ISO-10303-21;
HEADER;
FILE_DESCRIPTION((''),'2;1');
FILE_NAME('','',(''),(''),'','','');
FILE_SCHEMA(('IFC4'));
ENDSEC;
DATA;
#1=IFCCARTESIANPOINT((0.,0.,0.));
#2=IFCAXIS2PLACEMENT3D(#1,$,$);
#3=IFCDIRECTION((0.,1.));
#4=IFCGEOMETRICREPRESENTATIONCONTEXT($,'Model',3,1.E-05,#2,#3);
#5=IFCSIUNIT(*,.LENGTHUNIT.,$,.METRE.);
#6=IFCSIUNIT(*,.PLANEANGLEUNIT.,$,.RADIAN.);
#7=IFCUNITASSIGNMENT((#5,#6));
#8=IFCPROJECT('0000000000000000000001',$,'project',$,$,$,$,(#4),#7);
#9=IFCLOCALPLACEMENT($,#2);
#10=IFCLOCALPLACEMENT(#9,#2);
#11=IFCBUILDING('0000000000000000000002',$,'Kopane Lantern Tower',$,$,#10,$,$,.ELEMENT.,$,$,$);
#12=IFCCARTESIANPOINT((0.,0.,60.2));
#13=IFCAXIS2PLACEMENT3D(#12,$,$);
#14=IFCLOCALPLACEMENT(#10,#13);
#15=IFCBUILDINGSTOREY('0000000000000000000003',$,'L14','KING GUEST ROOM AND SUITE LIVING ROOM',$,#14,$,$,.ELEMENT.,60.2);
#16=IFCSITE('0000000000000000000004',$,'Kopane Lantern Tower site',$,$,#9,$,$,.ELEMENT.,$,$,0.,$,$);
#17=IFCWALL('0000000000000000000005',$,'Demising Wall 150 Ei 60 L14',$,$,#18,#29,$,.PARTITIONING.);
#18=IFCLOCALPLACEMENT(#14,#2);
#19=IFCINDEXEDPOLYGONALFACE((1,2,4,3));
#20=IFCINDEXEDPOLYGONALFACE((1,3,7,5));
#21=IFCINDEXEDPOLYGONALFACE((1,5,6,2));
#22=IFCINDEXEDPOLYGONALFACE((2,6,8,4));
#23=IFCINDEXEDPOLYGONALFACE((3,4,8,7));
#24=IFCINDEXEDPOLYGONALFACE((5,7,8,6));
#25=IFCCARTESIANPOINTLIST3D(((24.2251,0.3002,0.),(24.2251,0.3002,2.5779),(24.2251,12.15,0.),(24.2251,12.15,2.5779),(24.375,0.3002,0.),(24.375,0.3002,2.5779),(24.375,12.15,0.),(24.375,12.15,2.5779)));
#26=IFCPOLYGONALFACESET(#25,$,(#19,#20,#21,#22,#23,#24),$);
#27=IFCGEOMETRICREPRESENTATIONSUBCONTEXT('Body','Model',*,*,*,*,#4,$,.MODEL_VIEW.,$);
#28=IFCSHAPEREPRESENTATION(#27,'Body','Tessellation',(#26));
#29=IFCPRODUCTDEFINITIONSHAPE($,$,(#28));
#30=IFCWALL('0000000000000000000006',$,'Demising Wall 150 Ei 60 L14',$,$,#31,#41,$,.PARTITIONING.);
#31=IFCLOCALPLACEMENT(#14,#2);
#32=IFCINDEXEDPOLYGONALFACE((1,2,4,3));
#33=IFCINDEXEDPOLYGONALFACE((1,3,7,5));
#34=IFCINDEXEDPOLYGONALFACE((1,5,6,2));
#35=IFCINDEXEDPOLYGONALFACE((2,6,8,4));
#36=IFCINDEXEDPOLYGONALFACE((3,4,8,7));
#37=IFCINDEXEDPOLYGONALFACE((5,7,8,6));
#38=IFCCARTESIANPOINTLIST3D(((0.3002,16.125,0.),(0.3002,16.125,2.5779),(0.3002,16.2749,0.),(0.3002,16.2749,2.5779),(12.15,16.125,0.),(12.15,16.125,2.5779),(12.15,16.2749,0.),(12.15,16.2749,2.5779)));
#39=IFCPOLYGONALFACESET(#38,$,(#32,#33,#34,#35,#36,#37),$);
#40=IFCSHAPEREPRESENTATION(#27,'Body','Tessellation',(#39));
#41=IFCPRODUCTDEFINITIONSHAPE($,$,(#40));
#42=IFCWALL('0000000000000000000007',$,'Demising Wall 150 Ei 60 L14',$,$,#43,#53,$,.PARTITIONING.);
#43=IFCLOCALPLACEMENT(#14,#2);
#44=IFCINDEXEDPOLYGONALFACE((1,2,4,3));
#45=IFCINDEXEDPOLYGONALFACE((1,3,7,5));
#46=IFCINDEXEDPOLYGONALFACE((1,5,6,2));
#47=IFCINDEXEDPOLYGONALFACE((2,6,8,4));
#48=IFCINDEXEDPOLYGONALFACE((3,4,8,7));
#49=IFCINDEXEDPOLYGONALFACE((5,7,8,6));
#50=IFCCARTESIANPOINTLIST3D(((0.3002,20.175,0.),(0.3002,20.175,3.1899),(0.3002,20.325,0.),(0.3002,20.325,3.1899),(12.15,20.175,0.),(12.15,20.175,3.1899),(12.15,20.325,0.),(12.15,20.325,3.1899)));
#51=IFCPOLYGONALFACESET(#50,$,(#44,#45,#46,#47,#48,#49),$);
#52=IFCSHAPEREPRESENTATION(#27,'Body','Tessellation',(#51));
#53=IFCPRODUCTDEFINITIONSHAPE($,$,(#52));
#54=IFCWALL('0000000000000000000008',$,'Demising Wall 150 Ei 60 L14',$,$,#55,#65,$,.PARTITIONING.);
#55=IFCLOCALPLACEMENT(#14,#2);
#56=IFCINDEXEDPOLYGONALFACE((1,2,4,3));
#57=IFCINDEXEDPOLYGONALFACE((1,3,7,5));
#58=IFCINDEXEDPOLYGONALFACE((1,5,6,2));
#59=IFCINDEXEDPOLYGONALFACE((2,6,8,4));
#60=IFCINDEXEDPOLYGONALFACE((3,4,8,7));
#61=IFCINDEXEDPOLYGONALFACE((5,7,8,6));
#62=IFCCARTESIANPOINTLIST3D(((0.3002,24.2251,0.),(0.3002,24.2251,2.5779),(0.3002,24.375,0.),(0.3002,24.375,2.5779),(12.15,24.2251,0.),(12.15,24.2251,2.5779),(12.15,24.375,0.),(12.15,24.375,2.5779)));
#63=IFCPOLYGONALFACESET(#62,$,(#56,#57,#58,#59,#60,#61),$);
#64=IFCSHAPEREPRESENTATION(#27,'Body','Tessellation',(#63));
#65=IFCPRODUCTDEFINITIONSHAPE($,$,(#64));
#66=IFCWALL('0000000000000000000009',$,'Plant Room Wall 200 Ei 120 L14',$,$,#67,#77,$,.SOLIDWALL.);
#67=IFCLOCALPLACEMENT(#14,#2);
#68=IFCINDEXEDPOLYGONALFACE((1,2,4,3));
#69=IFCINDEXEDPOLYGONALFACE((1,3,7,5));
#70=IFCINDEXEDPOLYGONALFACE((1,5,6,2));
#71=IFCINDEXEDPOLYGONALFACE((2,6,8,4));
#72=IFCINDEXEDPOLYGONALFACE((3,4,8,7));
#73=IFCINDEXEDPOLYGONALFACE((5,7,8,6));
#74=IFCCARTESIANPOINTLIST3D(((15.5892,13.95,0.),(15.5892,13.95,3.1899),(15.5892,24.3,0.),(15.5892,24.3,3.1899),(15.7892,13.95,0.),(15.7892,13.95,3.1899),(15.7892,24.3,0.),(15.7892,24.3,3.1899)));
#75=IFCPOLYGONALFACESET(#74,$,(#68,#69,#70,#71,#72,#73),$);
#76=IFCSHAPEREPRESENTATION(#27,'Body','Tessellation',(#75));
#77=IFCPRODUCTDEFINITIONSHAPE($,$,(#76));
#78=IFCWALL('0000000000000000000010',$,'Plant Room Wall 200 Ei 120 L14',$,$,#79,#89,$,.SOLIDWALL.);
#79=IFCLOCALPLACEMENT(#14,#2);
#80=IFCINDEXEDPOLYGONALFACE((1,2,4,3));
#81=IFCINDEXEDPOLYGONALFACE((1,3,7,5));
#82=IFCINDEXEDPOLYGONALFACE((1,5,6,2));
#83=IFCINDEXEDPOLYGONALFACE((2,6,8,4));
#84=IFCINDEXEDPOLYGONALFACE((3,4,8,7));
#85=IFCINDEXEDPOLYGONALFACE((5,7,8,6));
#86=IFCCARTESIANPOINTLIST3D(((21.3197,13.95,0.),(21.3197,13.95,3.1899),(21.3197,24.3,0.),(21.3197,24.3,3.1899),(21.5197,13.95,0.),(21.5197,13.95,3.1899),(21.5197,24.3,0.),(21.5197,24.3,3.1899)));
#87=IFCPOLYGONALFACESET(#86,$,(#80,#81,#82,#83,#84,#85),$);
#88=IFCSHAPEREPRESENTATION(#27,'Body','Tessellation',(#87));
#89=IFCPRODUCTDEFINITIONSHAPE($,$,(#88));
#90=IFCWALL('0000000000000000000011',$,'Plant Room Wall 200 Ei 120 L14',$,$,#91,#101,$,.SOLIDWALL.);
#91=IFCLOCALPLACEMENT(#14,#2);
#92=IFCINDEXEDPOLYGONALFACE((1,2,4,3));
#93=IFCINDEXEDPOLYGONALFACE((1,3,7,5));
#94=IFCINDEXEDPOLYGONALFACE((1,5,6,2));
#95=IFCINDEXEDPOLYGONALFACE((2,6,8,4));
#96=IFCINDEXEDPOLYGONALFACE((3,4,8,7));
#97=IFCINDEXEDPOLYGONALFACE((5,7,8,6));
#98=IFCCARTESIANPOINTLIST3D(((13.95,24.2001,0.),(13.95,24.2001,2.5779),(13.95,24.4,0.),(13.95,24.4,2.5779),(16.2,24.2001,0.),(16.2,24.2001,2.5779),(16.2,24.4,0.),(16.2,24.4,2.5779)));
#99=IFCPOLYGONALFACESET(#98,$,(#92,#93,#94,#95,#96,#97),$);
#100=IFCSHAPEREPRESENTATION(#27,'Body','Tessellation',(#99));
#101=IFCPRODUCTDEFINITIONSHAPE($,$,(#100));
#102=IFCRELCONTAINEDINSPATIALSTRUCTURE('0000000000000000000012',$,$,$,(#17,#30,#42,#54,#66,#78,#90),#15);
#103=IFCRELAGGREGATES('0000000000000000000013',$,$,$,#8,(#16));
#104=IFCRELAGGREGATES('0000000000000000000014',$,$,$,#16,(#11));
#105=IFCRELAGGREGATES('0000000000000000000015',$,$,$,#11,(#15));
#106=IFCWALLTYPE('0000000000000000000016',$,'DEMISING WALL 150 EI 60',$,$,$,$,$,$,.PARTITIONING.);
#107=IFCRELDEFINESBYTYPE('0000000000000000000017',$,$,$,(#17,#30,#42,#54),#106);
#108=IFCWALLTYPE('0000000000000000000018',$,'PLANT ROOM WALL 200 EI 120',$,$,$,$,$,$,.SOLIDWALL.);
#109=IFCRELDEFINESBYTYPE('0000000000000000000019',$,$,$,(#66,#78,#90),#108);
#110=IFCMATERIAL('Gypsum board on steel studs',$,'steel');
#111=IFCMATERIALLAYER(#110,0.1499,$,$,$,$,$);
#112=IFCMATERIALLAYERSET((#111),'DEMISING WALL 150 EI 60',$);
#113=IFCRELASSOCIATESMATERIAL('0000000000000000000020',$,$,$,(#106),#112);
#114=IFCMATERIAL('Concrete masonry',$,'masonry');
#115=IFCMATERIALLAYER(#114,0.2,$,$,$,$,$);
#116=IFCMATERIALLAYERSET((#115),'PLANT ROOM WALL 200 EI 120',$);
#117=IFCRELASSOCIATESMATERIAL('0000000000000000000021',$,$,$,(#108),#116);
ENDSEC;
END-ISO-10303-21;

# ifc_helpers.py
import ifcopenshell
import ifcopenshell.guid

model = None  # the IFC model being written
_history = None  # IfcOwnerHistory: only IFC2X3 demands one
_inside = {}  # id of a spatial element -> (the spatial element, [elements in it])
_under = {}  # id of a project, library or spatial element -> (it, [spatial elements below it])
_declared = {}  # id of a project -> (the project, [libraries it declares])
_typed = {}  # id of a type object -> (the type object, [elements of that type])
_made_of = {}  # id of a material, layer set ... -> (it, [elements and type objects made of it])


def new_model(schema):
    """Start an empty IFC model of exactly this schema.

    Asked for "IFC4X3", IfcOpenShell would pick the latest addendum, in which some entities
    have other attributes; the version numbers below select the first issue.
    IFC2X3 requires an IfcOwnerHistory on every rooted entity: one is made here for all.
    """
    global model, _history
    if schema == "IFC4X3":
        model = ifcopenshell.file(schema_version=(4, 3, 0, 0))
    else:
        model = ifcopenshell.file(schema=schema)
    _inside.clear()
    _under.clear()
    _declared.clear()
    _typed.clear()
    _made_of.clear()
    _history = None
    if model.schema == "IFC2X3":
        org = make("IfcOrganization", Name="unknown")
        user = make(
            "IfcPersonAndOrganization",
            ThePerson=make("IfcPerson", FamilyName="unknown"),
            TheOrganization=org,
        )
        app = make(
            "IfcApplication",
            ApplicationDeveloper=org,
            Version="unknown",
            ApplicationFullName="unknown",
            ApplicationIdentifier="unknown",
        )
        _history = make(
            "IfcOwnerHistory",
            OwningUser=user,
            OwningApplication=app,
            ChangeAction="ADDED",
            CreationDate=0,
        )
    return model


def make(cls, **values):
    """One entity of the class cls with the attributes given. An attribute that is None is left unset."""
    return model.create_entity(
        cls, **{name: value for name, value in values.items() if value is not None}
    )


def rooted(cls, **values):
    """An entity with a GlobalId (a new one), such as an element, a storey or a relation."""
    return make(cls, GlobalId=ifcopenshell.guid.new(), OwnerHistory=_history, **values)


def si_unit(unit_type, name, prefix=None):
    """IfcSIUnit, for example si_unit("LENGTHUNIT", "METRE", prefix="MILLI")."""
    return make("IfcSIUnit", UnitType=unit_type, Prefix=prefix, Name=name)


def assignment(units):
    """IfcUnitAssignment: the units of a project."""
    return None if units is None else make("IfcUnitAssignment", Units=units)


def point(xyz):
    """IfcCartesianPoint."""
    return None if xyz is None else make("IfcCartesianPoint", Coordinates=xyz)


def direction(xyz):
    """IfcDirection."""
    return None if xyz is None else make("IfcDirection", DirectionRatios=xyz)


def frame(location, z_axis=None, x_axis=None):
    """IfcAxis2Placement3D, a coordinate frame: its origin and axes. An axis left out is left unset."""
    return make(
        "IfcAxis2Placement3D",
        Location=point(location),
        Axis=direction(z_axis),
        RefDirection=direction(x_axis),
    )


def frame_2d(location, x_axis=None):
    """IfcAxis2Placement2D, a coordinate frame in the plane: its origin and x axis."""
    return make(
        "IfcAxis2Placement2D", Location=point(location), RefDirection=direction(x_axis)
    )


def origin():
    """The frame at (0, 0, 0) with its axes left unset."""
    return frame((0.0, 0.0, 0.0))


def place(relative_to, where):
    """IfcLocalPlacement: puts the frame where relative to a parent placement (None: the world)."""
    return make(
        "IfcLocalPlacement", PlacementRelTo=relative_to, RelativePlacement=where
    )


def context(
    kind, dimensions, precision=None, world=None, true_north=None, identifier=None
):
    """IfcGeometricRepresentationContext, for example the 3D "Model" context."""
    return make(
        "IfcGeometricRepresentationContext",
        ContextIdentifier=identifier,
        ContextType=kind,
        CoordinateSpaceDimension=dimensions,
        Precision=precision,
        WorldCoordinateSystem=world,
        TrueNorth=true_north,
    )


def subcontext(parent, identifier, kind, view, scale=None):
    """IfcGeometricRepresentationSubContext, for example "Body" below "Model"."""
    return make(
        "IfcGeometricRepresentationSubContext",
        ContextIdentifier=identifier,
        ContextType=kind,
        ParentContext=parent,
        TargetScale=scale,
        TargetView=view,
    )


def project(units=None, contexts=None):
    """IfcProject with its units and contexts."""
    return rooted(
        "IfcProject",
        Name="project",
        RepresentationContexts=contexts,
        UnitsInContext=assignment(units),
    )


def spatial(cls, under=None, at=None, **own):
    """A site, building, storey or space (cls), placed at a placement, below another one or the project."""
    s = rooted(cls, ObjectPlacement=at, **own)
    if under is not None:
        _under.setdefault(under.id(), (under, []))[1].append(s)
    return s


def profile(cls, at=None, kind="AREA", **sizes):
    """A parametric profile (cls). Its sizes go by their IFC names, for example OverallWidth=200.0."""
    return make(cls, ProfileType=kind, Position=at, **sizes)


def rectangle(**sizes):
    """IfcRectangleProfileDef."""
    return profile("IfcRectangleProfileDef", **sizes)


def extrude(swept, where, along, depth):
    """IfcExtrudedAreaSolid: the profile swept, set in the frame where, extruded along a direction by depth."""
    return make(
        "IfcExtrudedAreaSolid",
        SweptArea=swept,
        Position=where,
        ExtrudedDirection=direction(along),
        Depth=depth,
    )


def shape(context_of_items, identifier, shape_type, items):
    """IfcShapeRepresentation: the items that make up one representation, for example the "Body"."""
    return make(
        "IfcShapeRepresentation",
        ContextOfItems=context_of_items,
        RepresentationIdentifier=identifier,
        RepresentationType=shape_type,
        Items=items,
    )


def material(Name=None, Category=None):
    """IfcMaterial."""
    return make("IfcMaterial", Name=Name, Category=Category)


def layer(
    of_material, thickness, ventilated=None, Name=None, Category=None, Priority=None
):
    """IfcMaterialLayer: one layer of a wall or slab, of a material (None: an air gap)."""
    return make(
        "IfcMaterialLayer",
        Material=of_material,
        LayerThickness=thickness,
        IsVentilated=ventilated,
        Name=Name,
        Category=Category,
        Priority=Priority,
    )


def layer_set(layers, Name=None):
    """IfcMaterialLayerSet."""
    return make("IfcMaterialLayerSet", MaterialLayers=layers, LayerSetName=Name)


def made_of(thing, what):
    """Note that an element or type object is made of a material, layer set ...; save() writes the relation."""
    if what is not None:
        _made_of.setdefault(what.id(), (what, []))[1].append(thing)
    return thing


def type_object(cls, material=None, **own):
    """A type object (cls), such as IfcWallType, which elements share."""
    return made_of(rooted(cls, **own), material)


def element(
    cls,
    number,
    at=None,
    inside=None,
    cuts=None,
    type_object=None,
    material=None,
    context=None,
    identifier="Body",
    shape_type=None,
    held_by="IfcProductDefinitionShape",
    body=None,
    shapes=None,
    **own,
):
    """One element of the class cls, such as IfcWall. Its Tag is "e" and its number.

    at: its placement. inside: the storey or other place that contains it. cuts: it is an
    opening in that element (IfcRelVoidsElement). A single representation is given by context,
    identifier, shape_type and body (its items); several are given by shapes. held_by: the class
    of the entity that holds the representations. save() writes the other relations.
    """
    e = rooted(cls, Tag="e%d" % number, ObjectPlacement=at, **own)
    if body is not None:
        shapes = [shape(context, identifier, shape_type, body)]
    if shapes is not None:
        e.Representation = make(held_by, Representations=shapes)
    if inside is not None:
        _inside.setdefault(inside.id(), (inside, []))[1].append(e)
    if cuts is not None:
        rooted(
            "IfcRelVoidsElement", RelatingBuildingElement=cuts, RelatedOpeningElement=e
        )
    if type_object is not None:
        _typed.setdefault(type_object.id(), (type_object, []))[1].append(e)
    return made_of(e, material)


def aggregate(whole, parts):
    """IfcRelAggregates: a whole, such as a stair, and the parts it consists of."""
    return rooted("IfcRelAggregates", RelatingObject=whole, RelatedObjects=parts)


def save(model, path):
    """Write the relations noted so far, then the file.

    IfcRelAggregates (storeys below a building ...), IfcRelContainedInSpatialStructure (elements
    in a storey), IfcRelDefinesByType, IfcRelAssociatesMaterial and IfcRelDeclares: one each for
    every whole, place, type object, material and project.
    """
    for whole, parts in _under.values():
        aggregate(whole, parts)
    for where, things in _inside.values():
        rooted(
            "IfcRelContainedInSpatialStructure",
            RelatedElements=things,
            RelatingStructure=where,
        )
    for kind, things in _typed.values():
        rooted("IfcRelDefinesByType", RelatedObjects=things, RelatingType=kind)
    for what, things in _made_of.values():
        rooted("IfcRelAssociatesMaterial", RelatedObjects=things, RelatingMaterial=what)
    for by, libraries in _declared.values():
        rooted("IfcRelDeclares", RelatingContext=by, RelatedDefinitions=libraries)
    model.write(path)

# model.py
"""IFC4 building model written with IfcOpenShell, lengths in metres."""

from ifc_helpers import new_model, si_unit, direction, frame, frame_2d, origin, place, context, subcontext, project, spatial, rectangle, extrude, material, layer, layer_set, type_object, element, save


model = new_model("IFC4")

# Units and contexts
model_context = context("Model", 3, precision=1e-05, world=origin(), true_north=direction((0.0, 1.0)))
body_context = subcontext(model_context, "Body", "Model", "MODEL_VIEW")
ifc_project = project(units=[si_unit("LENGTHUNIT", "METRE"), si_unit("PLANEANGLEUNIT", "RADIAN")], contexts=[model_context])

# Site, building, storey
site_placement = place(None, origin())
site = spatial("IfcSite", under=ifc_project, at=site_placement, Name="Kopane Lantern Tower site", CompositionType="ELEMENT", RefElevation=0.0)
building_placement = place(site_placement, origin())
building = spatial("IfcBuilding", under=site, at=building_placement, Name="Kopane Lantern Tower", CompositionType="ELEMENT")
storey_placement = place(building_placement, frame((0.0, 0.0, 60.2)))
storey = spatial("IfcBuildingStorey", under=building, at=storey_placement, Name="L14", Description="KING GUEST ROOM AND SUITE LIVING ROOM", CompositionType="ELEMENT", Elevation=60.2)

# Walls
ifc_material_1 = material(Name="Gypsum board on steel studs", Category="steel")
ifc_layer_1 = layer(ifc_material_1, 0.1499)
ifc_layer_set_1 = layer_set([ifc_layer_1], Name="DEMISING WALL 150 EI 60")
wall_type_1 = type_object("IfcWallType", Name="DEMISING WALL 150 EI 60", PredefinedType="PARTITIONING", material=ifc_layer_set_1)
for number, where, z_axis, x_axis, name in (
    (1, (24.3, 12.1499, 0.0), (0.0, 0.0, 1.0), (0.0, -1.0, 0.0), "Demising Wall 150 Ei 60 L14"),
    (2, (12.1499, 16.2, 0.0), (0.0, 0.0, 1.0), (-1.0, 0.0, 0.0), "Demising Wall 150 Ei 60 L14"),
):
    element("IfcWall", number, at=place(storey_placement, frame(where, z_axis=z_axis, x_axis=x_axis)), inside=storey, type_object=wall_type_1, Name=name, PredefinedType="PARTITIONING", context=body_context, shape_type="SweptSolid", body=[
        extrude(rectangle(XDim=11.8499, YDim=0.1499, at=frame_2d((5.9248, 0.0))), origin(), (0.0, 0.0, 1.0), 2.5779),
    ])
wall_1_placement = place(storey_placement, frame((12.1499, 20.25, 0.0), z_axis=(0.0, 0.0, 1.0), x_axis=(-1.0, 0.0, 0.0)))
element("IfcWall", 3, at=wall_1_placement, inside=storey, type_object=wall_type_1, Name="Demising Wall 150 Ei 60 L14", PredefinedType="PARTITIONING", context=body_context, shape_type="SweptSolid", body=[
    extrude(rectangle(XDim=11.8499, YDim=0.1499, at=frame_2d((5.9248, 0.0))), origin(), (0.0, 0.0, 1.0), 3.1899),
])
wall_2_placement = place(storey_placement, frame((12.1499, 24.3, 0.0), z_axis=(0.0, 0.0, 1.0), x_axis=(-1.0, 0.0, 0.0)))
element("IfcWall", 4, at=wall_2_placement, inside=storey, type_object=wall_type_1, Name="Demising Wall 150 Ei 60 L14", PredefinedType="PARTITIONING", context=body_context, shape_type="SweptSolid", body=[
    extrude(rectangle(XDim=11.8499, YDim=0.1499, at=frame_2d((5.9248, 0.0))), origin(), (0.0, 0.0, 1.0), 2.5779),
])
ifc_material_2 = material(Name="Concrete masonry", Category="masonry")
ifc_layer_2 = layer(ifc_material_2, 0.2)
ifc_layer_set_2 = layer_set([ifc_layer_2], Name="PLANT ROOM WALL 200 EI 120")
wall_type_2 = type_object("IfcWallType", Name="PLANT ROOM WALL 200 EI 120", PredefinedType="SOLIDWALL", material=ifc_layer_set_2)
for number, where, z_axis, x_axis, name in (
    (5, (15.6892, 13.95, 0.0), (0.0, 0.0, 1.0), (0.0, 1.0, 0.0), "Plant Room Wall 200 Ei 120 L14"),
    (6, (21.4197, 13.95, 0.0), (0.0, 0.0, 1.0), (0.0, 1.0, 0.0), "Plant Room Wall 200 Ei 120 L14"),
):
    element("IfcWall", number, at=place(storey_placement, frame(where, z_axis=z_axis, x_axis=x_axis)), inside=storey, type_object=wall_type_2, Name=name, PredefinedType="SOLIDWALL", context=body_context, shape_type="SweptSolid", body=[
        extrude(rectangle(XDim=10.3501, YDim=0.2, at=frame_2d((5.175, 0.0))), origin(), (0.0, 0.0, 1.0), 3.1899),
    ])
wall_3_placement = place(storey_placement, frame((13.95, 24.3, 0.0), z_axis=(0.0, 0.0, 1.0), x_axis=(1.0, 0.0, 0.0)))
element("IfcWall", 7, at=wall_3_placement, inside=storey, type_object=wall_type_2, Name="Plant Room Wall 200 Ei 120 L14", PredefinedType="SOLIDWALL", context=body_context, shape_type="SweptSolid", body=[
    extrude(rectangle(XDim=2.25, YDim=0.2, at=frame_2d((1.125, 0.0))), origin(), (0.0, 0.0, 1.0), 2.5779),
])

save(model, "model.ifc")
